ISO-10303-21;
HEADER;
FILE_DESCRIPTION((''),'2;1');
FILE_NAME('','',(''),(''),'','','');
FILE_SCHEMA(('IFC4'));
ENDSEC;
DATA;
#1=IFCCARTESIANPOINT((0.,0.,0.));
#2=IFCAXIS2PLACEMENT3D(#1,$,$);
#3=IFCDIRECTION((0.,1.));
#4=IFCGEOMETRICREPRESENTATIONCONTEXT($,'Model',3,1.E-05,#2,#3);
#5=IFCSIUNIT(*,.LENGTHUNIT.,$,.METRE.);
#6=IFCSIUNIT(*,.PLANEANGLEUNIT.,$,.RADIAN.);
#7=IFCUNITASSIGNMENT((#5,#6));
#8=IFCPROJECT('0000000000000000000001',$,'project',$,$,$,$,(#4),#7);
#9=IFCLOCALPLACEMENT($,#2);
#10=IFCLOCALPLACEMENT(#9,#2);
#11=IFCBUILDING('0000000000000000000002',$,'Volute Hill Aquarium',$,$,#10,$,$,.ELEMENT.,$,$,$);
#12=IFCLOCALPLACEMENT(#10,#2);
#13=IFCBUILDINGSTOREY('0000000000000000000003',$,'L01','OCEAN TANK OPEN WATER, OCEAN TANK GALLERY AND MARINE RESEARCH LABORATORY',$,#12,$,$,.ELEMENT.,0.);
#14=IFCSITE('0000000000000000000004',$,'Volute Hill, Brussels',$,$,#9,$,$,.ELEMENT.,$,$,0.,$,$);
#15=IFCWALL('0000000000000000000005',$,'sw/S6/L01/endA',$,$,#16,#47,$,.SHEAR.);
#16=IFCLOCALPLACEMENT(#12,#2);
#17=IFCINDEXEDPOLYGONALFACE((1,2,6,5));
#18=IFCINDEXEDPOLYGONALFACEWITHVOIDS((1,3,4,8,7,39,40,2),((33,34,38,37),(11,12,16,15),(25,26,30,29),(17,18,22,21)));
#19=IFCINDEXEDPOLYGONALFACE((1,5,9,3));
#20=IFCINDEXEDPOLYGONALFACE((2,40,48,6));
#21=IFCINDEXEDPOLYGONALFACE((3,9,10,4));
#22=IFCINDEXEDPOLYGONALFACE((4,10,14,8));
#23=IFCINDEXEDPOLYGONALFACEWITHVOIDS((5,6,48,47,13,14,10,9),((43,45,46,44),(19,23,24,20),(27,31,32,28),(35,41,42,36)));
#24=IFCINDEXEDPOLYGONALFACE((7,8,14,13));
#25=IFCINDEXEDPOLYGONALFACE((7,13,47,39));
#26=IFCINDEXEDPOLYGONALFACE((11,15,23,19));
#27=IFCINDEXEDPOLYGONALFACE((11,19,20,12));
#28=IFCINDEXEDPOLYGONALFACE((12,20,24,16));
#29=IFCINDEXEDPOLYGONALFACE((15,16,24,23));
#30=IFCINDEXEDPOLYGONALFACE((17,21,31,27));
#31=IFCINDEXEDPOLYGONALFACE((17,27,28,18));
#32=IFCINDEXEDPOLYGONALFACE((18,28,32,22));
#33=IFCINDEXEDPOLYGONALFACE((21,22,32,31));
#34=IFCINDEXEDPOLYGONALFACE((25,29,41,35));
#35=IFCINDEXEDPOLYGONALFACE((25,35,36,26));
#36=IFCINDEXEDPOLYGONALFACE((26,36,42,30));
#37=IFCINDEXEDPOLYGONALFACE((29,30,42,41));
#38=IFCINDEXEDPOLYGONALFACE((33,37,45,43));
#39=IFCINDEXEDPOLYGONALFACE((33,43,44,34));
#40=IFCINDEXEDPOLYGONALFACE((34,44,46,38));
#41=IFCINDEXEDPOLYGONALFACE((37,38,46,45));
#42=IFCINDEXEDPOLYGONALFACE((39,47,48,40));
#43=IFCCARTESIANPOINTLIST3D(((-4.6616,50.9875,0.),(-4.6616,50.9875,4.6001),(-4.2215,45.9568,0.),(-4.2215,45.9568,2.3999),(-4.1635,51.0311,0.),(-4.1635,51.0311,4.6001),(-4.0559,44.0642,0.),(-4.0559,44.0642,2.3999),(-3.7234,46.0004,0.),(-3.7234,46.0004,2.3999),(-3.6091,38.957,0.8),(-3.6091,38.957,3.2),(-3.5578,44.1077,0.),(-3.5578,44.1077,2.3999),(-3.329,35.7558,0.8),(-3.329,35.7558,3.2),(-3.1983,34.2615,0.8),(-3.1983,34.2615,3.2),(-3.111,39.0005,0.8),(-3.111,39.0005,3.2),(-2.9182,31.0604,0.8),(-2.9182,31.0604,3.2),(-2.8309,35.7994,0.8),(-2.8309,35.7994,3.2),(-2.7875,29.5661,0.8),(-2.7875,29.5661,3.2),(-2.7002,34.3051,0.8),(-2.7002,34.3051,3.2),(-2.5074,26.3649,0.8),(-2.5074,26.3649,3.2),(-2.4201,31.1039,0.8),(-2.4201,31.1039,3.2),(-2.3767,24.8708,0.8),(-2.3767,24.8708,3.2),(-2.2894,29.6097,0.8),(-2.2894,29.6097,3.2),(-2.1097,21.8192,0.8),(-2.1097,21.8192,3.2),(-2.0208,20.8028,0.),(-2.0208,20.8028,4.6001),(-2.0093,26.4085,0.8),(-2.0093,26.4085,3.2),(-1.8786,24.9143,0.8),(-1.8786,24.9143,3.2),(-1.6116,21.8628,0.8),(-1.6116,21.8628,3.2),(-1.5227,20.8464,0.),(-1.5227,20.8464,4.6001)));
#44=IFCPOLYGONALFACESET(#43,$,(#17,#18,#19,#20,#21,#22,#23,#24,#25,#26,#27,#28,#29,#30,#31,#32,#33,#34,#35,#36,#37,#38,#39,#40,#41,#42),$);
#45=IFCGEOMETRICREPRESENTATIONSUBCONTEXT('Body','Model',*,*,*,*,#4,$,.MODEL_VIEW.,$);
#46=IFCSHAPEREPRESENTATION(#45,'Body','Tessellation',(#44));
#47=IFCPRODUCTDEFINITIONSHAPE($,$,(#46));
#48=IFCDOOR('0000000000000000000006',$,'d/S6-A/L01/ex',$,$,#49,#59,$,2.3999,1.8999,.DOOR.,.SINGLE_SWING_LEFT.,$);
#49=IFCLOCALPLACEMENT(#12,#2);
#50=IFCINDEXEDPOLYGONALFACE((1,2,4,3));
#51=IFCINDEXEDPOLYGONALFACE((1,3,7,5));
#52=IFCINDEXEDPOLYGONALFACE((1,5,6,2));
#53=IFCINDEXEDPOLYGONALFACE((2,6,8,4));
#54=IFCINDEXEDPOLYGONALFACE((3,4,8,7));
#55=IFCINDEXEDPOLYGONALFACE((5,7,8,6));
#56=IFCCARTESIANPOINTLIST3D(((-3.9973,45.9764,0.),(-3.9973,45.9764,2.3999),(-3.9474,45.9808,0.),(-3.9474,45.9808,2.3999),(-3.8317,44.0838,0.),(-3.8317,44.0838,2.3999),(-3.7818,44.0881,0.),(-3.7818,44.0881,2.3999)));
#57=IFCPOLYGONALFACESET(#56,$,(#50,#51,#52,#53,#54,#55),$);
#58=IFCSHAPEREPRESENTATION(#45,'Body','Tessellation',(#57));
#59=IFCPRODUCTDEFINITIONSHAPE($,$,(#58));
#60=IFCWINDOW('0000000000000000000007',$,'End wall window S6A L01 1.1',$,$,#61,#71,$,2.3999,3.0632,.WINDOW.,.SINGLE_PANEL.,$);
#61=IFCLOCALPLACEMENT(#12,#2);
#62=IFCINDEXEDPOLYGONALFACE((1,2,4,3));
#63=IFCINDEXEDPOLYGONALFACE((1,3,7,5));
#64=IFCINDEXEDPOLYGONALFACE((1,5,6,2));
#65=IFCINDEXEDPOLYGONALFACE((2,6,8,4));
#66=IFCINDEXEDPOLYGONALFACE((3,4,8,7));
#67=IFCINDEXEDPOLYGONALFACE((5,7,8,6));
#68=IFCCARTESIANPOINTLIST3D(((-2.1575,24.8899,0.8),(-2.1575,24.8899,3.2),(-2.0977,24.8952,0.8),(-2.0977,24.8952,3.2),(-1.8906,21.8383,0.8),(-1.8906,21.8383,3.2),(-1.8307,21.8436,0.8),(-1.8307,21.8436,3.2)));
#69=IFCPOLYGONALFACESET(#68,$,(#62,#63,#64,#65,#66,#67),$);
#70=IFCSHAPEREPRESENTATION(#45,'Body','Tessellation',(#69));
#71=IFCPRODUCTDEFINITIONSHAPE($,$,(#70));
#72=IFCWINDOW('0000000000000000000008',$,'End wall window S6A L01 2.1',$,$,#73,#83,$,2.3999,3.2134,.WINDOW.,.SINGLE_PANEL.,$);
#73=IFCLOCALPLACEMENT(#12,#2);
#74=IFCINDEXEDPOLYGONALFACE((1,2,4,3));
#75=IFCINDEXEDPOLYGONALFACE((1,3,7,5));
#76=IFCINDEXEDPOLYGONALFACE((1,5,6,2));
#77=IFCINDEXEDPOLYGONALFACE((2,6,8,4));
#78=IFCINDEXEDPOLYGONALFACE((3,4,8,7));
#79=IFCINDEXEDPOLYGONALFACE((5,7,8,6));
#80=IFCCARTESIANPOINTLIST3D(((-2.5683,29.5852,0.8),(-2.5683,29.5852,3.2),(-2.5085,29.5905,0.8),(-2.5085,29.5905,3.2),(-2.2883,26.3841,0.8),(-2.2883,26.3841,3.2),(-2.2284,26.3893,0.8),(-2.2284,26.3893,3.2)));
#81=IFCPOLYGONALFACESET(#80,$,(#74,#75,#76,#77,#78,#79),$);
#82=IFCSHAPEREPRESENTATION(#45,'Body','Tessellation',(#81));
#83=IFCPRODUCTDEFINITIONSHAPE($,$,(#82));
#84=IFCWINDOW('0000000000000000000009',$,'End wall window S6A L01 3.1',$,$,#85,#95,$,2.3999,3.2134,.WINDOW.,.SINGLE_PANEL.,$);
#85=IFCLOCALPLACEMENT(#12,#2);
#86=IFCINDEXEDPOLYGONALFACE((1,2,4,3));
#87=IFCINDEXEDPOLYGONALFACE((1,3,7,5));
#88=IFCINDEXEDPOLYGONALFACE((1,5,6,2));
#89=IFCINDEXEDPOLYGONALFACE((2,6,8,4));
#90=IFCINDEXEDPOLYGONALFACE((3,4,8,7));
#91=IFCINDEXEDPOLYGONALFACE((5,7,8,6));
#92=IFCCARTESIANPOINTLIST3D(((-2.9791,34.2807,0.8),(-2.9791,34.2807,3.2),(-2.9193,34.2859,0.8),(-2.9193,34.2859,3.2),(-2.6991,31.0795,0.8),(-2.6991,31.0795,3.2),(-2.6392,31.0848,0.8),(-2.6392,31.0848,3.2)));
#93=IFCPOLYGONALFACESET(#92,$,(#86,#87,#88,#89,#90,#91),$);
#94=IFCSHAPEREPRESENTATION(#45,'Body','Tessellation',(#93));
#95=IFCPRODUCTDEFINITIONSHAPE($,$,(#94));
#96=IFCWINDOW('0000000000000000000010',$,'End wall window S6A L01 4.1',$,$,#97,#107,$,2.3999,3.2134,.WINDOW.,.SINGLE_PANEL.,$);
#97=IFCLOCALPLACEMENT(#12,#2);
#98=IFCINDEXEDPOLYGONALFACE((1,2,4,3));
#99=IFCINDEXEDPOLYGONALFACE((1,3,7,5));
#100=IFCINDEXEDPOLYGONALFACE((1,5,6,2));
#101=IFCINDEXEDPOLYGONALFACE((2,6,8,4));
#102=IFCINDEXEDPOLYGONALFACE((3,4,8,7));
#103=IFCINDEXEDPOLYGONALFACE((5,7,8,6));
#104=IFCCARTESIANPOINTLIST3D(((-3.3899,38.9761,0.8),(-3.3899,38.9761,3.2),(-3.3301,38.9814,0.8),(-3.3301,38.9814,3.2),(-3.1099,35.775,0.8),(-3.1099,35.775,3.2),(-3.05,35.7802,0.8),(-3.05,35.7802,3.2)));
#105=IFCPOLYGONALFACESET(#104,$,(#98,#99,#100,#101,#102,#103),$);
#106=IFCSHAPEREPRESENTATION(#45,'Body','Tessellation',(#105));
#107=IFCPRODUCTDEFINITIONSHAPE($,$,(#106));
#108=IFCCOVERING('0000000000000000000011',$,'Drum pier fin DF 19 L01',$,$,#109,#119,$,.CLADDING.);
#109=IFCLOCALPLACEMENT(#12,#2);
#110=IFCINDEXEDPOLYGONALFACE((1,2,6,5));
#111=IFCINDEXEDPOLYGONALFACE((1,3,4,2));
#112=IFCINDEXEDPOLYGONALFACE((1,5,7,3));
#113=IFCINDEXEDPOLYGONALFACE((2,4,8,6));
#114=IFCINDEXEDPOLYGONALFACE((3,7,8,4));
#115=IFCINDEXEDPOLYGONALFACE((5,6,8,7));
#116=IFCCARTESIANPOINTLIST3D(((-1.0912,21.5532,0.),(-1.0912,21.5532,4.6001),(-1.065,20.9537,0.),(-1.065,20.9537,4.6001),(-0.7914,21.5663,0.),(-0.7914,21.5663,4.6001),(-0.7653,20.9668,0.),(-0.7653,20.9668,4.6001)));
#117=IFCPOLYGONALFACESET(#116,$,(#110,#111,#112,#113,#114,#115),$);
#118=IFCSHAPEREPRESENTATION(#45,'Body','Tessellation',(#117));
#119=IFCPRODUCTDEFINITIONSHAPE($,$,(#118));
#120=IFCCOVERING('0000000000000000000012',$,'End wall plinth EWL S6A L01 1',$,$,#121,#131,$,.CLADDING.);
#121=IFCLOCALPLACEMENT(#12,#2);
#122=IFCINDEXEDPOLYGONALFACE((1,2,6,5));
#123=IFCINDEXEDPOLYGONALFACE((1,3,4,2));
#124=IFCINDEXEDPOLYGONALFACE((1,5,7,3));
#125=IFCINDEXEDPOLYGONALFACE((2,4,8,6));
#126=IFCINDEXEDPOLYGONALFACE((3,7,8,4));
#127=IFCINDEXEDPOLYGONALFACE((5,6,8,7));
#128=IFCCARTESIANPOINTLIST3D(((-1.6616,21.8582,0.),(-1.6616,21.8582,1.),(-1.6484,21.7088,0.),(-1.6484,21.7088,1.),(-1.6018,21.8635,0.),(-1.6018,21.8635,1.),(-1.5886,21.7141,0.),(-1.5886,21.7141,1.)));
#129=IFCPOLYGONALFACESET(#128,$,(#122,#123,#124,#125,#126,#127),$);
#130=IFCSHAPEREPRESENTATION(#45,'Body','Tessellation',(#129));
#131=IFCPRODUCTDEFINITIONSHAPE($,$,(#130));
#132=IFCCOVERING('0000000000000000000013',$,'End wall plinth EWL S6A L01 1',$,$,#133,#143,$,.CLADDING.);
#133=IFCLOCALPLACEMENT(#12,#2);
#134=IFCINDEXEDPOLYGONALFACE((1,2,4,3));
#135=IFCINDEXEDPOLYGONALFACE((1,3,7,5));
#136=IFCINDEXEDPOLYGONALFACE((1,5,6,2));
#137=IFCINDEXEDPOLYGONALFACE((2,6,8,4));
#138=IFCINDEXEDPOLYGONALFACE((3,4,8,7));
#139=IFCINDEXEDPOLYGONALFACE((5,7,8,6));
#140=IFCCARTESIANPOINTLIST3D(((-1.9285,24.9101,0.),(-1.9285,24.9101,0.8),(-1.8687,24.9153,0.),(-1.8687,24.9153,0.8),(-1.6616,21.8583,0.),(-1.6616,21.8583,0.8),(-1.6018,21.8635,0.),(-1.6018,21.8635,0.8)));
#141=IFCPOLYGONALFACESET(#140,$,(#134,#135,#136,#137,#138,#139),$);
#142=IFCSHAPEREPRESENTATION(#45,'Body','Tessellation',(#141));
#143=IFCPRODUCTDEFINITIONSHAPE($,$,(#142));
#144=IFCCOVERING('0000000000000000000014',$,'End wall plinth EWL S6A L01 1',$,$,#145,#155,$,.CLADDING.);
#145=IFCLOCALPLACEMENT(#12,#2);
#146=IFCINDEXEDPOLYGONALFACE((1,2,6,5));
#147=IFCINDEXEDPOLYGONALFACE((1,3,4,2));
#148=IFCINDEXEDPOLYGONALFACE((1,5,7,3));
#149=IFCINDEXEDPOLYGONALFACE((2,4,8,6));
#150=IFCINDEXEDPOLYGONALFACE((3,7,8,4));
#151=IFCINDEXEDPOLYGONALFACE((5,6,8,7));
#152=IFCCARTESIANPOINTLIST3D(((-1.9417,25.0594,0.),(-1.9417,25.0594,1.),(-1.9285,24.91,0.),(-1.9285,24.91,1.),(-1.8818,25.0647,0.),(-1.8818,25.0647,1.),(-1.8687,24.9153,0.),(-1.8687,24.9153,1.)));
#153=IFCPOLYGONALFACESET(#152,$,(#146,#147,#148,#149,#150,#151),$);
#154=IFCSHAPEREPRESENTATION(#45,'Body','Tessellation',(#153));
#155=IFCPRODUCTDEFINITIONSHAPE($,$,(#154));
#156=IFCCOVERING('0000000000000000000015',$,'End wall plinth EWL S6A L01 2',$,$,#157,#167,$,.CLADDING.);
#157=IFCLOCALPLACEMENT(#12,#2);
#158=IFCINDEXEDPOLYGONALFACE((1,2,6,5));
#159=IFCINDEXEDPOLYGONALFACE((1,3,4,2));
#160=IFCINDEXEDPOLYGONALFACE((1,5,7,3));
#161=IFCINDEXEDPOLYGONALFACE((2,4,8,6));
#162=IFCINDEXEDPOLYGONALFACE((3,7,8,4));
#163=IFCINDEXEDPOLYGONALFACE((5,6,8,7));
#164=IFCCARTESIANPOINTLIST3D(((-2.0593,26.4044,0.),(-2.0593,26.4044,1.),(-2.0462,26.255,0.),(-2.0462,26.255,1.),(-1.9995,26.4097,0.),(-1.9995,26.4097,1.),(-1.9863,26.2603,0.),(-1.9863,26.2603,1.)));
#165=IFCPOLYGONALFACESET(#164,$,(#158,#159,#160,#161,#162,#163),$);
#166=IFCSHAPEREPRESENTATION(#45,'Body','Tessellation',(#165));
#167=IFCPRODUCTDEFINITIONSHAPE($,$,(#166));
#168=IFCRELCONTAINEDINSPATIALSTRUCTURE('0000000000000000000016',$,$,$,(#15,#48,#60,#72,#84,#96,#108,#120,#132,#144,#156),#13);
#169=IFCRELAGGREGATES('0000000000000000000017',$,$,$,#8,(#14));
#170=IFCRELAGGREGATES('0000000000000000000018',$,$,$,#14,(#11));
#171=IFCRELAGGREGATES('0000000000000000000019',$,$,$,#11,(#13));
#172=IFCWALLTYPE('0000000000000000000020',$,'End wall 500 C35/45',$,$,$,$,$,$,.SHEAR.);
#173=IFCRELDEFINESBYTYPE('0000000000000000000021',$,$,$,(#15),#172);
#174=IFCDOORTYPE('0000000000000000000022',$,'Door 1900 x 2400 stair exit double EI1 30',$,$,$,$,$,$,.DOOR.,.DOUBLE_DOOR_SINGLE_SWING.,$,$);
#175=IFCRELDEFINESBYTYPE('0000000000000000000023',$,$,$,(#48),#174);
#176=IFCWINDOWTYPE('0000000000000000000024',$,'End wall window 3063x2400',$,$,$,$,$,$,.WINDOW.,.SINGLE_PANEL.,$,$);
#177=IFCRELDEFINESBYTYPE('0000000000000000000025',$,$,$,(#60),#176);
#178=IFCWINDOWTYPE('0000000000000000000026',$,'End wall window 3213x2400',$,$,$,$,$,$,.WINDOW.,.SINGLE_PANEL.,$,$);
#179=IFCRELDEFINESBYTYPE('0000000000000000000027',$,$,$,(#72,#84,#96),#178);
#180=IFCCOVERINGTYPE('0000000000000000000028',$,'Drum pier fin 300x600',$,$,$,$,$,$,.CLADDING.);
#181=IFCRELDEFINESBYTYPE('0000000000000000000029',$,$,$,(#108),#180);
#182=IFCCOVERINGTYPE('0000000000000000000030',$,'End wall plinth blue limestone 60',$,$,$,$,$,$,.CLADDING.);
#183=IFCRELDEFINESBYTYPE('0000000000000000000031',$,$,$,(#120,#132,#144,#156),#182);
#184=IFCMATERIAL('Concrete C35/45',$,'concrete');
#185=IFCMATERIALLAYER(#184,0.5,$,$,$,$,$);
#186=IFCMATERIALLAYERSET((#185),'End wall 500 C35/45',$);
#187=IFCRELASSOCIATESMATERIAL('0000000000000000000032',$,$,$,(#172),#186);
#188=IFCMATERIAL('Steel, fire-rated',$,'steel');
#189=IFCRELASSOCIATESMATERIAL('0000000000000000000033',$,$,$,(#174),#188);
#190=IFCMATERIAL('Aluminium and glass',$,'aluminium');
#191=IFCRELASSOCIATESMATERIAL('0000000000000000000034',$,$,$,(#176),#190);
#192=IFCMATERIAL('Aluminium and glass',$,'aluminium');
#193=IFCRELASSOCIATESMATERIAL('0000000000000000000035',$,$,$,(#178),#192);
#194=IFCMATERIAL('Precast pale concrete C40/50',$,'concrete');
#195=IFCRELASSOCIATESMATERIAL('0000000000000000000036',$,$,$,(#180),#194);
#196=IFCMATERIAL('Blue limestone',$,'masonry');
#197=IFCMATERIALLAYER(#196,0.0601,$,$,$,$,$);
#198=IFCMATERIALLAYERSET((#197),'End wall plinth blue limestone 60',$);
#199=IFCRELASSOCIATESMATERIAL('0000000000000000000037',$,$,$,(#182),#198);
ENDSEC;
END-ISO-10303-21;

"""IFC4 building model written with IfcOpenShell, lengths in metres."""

from ifc_helpers import new_model, si_unit, direction, frame, frame_2d, origin, origin_2d, place, context, subcontext, project, spatial, polyline, rectangle, outline, extrude, material, layer, layer_set, type_object, element, fill, save


model = new_model("IFC4")

# Units and contexts
model_context = context("Model", 3, precision=1e-05, world=origin(), true_north=direction((0.0, 1.0)))
body_context = subcontext(model_context, "Body", "Model", "MODEL_VIEW")
ifc_project = project(units=[si_unit("LENGTHUNIT", "METRE"), si_unit("PLANEANGLEUNIT", "RADIAN")], contexts=[model_context])

# Site, building, storey
site_placement = place(None, origin())
site = spatial("IfcSite", under=ifc_project, at=site_placement, Name="Volute Hill, Brussels", CompositionType="ELEMENT", RefElevation=0.0)
building_placement = place(site_placement, origin())
building = spatial("IfcBuilding", under=site, at=building_placement, Name="Volute Hill Aquarium", CompositionType="ELEMENT")
storey_placement = place(building_placement, origin())
storey = spatial("IfcBuildingStorey", under=building, at=storey_placement, Name="L01", Description="OCEAN TANK OPEN WATER, OCEAN TANK GALLERY AND MARINE RESEARCH LABORATORY", CompositionType="ELEMENT", Elevation=0.0)

# Wall, openings, door, windows
ifc_material_1 = material(Name="Concrete C35/45", Category="concrete")
ifc_layer_1 = layer(ifc_material_1, 0.5)
ifc_layer_set_1 = layer_set([ifc_layer_1], Name="End wall 500 C35/45")
wall_type_1 = type_object("IfcWallType", Name="End wall 500 C35/45", PredefinedType="SHEAR", material=ifc_layer_set_1)
wall_1_placement = place(storey_placement, frame((-1.7717, 20.8247, 0.0), z_axis=(0.0, 0.0, 1.0), x_axis=(-0.087157, 0.996195, 0.0)))
wall_1 = element("IfcWall", 1, at=wall_1_placement, inside=storey, type_object=wall_type_1, Name="sw/S6/L01/endA", PredefinedType="SHEAR", context=body_context, shape_type="SweptSolid", body=[
    extrude(rectangle(XDim=30.3, YDim=0.5, at=frame_2d((15.1499, 0.0))), origin(), (0.0, 0.0, 1.0), 4.6001),
])
opening_1_placement = place(wall_1_placement, frame((1.02, 0.0, 0.8)))
opening_1 = element("IfcOpeningElement", 2, at=opening_1_placement, cuts=wall_1, PredefinedType="OPENING", context=body_context, shape_type="SweptSolid", body=[
    extrude(rectangle(XDim=3.0632, YDim=2.3999, at=frame_2d((1.5317, 1.2))), frame((0.0, 0.26, 0.0), z_axis=(0.0, -1.0, 0.0), x_axis=(1.0, 0.0, 0.0)), (0.0, 0.0, 1.0), 0.52),
])
opening_2_placement = place(wall_1_placement, frame((5.5833, 0.0, 0.8)))
opening_2 = element("IfcOpeningElement", 3, at=opening_2_placement, cuts=wall_1, PredefinedType="OPENING", context=body_context, shape_type="SweptSolid", body=[
    extrude(rectangle(XDim=3.2134, YDim=2.3999, at=frame_2d((1.6067, 1.2))), frame((0.0, 0.26, 0.0), z_axis=(0.0, -1.0, 0.0), x_axis=(1.0, 0.0, 0.0)), (0.0, 0.0, 1.0), 0.52),
])
opening_3_placement = place(wall_1_placement, frame((10.2966, 0.0, 0.8)))
opening_3 = element("IfcOpeningElement", 4, at=opening_3_placement, cuts=wall_1, PredefinedType="OPENING", context=body_context, shape_type="SweptSolid", body=[
    extrude(rectangle(XDim=3.2134, YDim=2.3999, at=frame_2d((1.6067, 1.2))), frame((0.0, 0.26, 0.0), z_axis=(0.0, -1.0, 0.0), x_axis=(1.0, 0.0, 0.0)), (0.0, 0.0, 1.0), 0.52),
])
opening_4_placement = place(wall_1_placement, frame((15.01, 0.0, 0.8)))
opening_4 = element("IfcOpeningElement", 5, at=opening_4_placement, cuts=wall_1, PredefinedType="OPENING", context=body_context, shape_type="SweptSolid", body=[
    extrude(rectangle(XDim=3.2134, YDim=2.3999, at=frame_2d((1.6067, 1.2))), frame((0.0, 0.26, 0.0), z_axis=(0.0, -1.0, 0.0), x_axis=(1.0, 0.0, 0.0)), (0.0, 0.0, 1.0), 0.52),
])
opening_5_placement = place(wall_1_placement, frame((23.3501, 0.0, 0.0)))
opening_5 = element("IfcOpeningElement", 6, at=opening_5_placement, cuts=wall_1, PredefinedType="OPENING", context=body_context, shape_type="SweptSolid", body=[
    extrude(rectangle(XDim=1.8999, YDim=2.3999, at=frame_2d((0.95, 1.2))), frame((0.0, 0.26, 0.0), z_axis=(0.0, -1.0, 0.0), x_axis=(1.0, 0.0, 0.0)), (0.0, 0.0, 1.0), 0.52),
])
ifc_material_2 = material(Name="Steel, fire-rated", Category="steel")
door_type = type_object("IfcDoorType", Name="Door 1900 x 2400 stair exit double EI1 30", OperationType="DOUBLE_DOOR_SINGLE_SWING", PredefinedType="DOOR", material=ifc_material_2)
door_placement = place(opening_5_placement, origin())
door = element("IfcDoor", 7, at=door_placement, inside=storey, type_object=door_type, Name="d/S6-A/L01/ex", OperationType="SINGLE_SWING_LEFT", OverallHeight=2.3999, OverallWidth=1.8999, PredefinedType="DOOR", context=body_context, shape_type="SweptSolid", body=[
    extrude(rectangle(XDim=1.8999, YDim=2.3999, at=frame_2d((0.95, 1.2))), frame((0.0, 0.0249, 0.0), z_axis=(0.0, -1.0, 0.0), x_axis=(1.0, 0.0, 0.0)), (0.0, 0.0, 1.0), 0.05),
])
fill(opening_5, door)
ifc_material_3 = material(Name="Aluminium and glass", Category="aluminium")
window_type_1 = type_object("IfcWindowType", Name="End wall window 3063x2400", PartitioningType="SINGLE_PANEL", PredefinedType="WINDOW", material=ifc_material_3)
window_1_placement = place(opening_1_placement, origin())
window_1 = element("IfcWindow", 8, at=window_1_placement, inside=storey, type_object=window_type_1, Name="End wall window S6A L01 1.1", OverallHeight=2.3999, OverallWidth=3.0632, PartitioningType="SINGLE_PANEL", PredefinedType="WINDOW", context=body_context, shape_type="SweptSolid", body=[
    extrude(rectangle(XDim=3.0632, YDim=2.3999, at=frame_2d((1.5317, 1.2))), frame((0.0, 0.03, 0.0), z_axis=(0.0, -1.0, 0.0), x_axis=(1.0, 0.0, 0.0)), (0.0, 0.0, 1.0), 0.0601),
])
fill(opening_1, window_1)
ifc_material_4 = material(Name="Aluminium and glass", Category="aluminium")
window_type_2 = type_object("IfcWindowType", Name="End wall window 3213x2400", PartitioningType="SINGLE_PANEL", PredefinedType="WINDOW", material=ifc_material_4)
window_2_placement = place(opening_2_placement, origin())
window_2 = element("IfcWindow", 9, at=window_2_placement, inside=storey, type_object=window_type_2, Name="End wall window S6A L01 2.1", OverallHeight=2.3999, OverallWidth=3.2134, PartitioningType="SINGLE_PANEL", PredefinedType="WINDOW", context=body_context, shape_type="SweptSolid", body=[
    extrude(rectangle(XDim=3.2134, YDim=2.3999, at=frame_2d((1.6067, 1.2))), frame((0.0, 0.03, 0.0), z_axis=(0.0, -1.0, 0.0), x_axis=(1.0, 0.0, 0.0)), (0.0, 0.0, 1.0), 0.0601),
])
fill(opening_2, window_2)
window_3_placement = place(opening_3_placement, origin())
window_3 = element("IfcWindow", 10, at=window_3_placement, inside=storey, type_object=window_type_2, Name="End wall window S6A L01 3.1", OverallHeight=2.3999, OverallWidth=3.2134, PartitioningType="SINGLE_PANEL", PredefinedType="WINDOW", context=body_context, shape_type="SweptSolid", body=[
    extrude(rectangle(XDim=3.2134, YDim=2.3999, at=frame_2d((1.6067, 1.2))), frame((0.0, 0.03, 0.0), z_axis=(0.0, -1.0, 0.0), x_axis=(1.0, 0.0, 0.0)), (0.0, 0.0, 1.0), 0.0601),
])
fill(opening_3, window_3)
window_4_placement = place(opening_4_placement, origin())
window_4 = element("IfcWindow", 11, at=window_4_placement, inside=storey, type_object=window_type_2, Name="End wall window S6A L01 4.1", OverallHeight=2.3999, OverallWidth=3.2134, PartitioningType="SINGLE_PANEL", PredefinedType="WINDOW", context=body_context, shape_type="SweptSolid", body=[
    extrude(rectangle(XDim=3.2134, YDim=2.3999, at=frame_2d((1.6067, 1.2))), frame((0.0, 0.03, 0.0), z_axis=(0.0, -1.0, 0.0), x_axis=(1.0, 0.0, 0.0)), (0.0, 0.0, 1.0), 0.0601),
])
fill(opening_4, window_4)

# Coverings
ifc_material_5 = material(Name="Precast pale concrete C40/50", Category="concrete")
covering_type_1 = type_object("IfcCoveringType", Name="Drum pier fin 300x600", PredefinedType="CLADDING", material=ifc_material_5)
covering_1_placement = place(storey_placement, frame((-0.9282, 21.26, 0.0), z_axis=(0.0, 0.0, 1.0), x_axis=(-0.999048, -0.043619, 0.0)))
element("IfcCovering", 12, at=covering_1_placement, inside=storey, type_object=covering_type_1, Name="Drum pier fin DF 19 L01", PredefinedType="CLADDING", context=body_context, shape_type="SweptSolid", body=[
    extrude(rectangle(XDim=0.3, YDim=0.6001, at=origin_2d()), origin(), (0.0, 0.0, 1.0), 4.6001),
])
ifc_material_6 = material(Name="Blue limestone", Category="masonry")
ifc_layer_2 = layer(ifc_material_6, 0.0601)
ifc_layer_set_2 = layer_set([ifc_layer_2], Name="End wall plinth blue limestone 60")
covering_type_2 = type_object("IfcCoveringType", Name="End wall plinth blue limestone 60", PredefinedType="CLADDING", material=ifc_layer_set_2)
covering_2_placement = place(storey_placement, frame((-1.5886, 21.7141, 0.0), z_axis=(0.99613, 0.087894, 0.0), x_axis=(-0.087894, 0.99613, 0.0)))
element("IfcCovering", 13, at=covering_2_placement, inside=storey, type_object=covering_type_2, Name="End wall plinth EWL S6A L01 1", PredefinedType="CLADDING", context=body_context, shape_type="SweptSolid", body=[
    extrude(outline(polyline([(0.0, 0.0), (0.15, 0.0), (0.15, 1.0), (0.0, 1.0), (0.0, 0.0)])), origin(), (0.0, 0.0, -1.0), 0.0601),
])
covering_3_placement = place(storey_placement, frame((-1.6018, 21.8635, 0.0), z_axis=(0.996199, 0.087108, 0.0), x_axis=(-0.087108, 0.996199, 0.0)))
element("IfcCovering", 14, at=covering_3_placement, inside=storey, type_object=covering_type_2, Name="End wall plinth EWL S6A L01 1", PredefinedType="CLADDING", context=body_context, shape_type="SweptSolid", body=[
    extrude(outline(polyline([(0.0, 0.0), (3.0634, 0.0), (3.0634, 0.8), (0.0, 0.8), (0.0, 0.0)])), origin(), (0.0, 0.0, -1.0), 0.0601),
])
for number, where, z_axis, x_axis, name in (
    (15, (-1.8687, 24.9153, 0.0), (0.99613, 0.087894, 0.0), (-0.087894, 0.99613, 0.0), "End wall plinth EWL S6A L01 1"),
    (16, (-1.9863, 26.2603, 0.0), (0.99613, 0.087894, 0.0), (-0.087894, 0.99613, 0.0), "End wall plinth EWL S6A L01 2"),
):
    element("IfcCovering", number, at=place(storey_placement, frame(where, z_axis=z_axis, x_axis=x_axis)), inside=storey, type_object=covering_type_2, Name=name, PredefinedType="CLADDING", context=body_context, shape_type="SweptSolid", body=[
        extrude(outline(polyline([(0.0, 0.0), (0.15, 0.0), (0.15, 1.0), (0.0, 1.0), (0.0, 0.0)])), origin(), (0.0, 0.0, -1.0), 0.0601),
    ])

save(model, "model.ifc")
